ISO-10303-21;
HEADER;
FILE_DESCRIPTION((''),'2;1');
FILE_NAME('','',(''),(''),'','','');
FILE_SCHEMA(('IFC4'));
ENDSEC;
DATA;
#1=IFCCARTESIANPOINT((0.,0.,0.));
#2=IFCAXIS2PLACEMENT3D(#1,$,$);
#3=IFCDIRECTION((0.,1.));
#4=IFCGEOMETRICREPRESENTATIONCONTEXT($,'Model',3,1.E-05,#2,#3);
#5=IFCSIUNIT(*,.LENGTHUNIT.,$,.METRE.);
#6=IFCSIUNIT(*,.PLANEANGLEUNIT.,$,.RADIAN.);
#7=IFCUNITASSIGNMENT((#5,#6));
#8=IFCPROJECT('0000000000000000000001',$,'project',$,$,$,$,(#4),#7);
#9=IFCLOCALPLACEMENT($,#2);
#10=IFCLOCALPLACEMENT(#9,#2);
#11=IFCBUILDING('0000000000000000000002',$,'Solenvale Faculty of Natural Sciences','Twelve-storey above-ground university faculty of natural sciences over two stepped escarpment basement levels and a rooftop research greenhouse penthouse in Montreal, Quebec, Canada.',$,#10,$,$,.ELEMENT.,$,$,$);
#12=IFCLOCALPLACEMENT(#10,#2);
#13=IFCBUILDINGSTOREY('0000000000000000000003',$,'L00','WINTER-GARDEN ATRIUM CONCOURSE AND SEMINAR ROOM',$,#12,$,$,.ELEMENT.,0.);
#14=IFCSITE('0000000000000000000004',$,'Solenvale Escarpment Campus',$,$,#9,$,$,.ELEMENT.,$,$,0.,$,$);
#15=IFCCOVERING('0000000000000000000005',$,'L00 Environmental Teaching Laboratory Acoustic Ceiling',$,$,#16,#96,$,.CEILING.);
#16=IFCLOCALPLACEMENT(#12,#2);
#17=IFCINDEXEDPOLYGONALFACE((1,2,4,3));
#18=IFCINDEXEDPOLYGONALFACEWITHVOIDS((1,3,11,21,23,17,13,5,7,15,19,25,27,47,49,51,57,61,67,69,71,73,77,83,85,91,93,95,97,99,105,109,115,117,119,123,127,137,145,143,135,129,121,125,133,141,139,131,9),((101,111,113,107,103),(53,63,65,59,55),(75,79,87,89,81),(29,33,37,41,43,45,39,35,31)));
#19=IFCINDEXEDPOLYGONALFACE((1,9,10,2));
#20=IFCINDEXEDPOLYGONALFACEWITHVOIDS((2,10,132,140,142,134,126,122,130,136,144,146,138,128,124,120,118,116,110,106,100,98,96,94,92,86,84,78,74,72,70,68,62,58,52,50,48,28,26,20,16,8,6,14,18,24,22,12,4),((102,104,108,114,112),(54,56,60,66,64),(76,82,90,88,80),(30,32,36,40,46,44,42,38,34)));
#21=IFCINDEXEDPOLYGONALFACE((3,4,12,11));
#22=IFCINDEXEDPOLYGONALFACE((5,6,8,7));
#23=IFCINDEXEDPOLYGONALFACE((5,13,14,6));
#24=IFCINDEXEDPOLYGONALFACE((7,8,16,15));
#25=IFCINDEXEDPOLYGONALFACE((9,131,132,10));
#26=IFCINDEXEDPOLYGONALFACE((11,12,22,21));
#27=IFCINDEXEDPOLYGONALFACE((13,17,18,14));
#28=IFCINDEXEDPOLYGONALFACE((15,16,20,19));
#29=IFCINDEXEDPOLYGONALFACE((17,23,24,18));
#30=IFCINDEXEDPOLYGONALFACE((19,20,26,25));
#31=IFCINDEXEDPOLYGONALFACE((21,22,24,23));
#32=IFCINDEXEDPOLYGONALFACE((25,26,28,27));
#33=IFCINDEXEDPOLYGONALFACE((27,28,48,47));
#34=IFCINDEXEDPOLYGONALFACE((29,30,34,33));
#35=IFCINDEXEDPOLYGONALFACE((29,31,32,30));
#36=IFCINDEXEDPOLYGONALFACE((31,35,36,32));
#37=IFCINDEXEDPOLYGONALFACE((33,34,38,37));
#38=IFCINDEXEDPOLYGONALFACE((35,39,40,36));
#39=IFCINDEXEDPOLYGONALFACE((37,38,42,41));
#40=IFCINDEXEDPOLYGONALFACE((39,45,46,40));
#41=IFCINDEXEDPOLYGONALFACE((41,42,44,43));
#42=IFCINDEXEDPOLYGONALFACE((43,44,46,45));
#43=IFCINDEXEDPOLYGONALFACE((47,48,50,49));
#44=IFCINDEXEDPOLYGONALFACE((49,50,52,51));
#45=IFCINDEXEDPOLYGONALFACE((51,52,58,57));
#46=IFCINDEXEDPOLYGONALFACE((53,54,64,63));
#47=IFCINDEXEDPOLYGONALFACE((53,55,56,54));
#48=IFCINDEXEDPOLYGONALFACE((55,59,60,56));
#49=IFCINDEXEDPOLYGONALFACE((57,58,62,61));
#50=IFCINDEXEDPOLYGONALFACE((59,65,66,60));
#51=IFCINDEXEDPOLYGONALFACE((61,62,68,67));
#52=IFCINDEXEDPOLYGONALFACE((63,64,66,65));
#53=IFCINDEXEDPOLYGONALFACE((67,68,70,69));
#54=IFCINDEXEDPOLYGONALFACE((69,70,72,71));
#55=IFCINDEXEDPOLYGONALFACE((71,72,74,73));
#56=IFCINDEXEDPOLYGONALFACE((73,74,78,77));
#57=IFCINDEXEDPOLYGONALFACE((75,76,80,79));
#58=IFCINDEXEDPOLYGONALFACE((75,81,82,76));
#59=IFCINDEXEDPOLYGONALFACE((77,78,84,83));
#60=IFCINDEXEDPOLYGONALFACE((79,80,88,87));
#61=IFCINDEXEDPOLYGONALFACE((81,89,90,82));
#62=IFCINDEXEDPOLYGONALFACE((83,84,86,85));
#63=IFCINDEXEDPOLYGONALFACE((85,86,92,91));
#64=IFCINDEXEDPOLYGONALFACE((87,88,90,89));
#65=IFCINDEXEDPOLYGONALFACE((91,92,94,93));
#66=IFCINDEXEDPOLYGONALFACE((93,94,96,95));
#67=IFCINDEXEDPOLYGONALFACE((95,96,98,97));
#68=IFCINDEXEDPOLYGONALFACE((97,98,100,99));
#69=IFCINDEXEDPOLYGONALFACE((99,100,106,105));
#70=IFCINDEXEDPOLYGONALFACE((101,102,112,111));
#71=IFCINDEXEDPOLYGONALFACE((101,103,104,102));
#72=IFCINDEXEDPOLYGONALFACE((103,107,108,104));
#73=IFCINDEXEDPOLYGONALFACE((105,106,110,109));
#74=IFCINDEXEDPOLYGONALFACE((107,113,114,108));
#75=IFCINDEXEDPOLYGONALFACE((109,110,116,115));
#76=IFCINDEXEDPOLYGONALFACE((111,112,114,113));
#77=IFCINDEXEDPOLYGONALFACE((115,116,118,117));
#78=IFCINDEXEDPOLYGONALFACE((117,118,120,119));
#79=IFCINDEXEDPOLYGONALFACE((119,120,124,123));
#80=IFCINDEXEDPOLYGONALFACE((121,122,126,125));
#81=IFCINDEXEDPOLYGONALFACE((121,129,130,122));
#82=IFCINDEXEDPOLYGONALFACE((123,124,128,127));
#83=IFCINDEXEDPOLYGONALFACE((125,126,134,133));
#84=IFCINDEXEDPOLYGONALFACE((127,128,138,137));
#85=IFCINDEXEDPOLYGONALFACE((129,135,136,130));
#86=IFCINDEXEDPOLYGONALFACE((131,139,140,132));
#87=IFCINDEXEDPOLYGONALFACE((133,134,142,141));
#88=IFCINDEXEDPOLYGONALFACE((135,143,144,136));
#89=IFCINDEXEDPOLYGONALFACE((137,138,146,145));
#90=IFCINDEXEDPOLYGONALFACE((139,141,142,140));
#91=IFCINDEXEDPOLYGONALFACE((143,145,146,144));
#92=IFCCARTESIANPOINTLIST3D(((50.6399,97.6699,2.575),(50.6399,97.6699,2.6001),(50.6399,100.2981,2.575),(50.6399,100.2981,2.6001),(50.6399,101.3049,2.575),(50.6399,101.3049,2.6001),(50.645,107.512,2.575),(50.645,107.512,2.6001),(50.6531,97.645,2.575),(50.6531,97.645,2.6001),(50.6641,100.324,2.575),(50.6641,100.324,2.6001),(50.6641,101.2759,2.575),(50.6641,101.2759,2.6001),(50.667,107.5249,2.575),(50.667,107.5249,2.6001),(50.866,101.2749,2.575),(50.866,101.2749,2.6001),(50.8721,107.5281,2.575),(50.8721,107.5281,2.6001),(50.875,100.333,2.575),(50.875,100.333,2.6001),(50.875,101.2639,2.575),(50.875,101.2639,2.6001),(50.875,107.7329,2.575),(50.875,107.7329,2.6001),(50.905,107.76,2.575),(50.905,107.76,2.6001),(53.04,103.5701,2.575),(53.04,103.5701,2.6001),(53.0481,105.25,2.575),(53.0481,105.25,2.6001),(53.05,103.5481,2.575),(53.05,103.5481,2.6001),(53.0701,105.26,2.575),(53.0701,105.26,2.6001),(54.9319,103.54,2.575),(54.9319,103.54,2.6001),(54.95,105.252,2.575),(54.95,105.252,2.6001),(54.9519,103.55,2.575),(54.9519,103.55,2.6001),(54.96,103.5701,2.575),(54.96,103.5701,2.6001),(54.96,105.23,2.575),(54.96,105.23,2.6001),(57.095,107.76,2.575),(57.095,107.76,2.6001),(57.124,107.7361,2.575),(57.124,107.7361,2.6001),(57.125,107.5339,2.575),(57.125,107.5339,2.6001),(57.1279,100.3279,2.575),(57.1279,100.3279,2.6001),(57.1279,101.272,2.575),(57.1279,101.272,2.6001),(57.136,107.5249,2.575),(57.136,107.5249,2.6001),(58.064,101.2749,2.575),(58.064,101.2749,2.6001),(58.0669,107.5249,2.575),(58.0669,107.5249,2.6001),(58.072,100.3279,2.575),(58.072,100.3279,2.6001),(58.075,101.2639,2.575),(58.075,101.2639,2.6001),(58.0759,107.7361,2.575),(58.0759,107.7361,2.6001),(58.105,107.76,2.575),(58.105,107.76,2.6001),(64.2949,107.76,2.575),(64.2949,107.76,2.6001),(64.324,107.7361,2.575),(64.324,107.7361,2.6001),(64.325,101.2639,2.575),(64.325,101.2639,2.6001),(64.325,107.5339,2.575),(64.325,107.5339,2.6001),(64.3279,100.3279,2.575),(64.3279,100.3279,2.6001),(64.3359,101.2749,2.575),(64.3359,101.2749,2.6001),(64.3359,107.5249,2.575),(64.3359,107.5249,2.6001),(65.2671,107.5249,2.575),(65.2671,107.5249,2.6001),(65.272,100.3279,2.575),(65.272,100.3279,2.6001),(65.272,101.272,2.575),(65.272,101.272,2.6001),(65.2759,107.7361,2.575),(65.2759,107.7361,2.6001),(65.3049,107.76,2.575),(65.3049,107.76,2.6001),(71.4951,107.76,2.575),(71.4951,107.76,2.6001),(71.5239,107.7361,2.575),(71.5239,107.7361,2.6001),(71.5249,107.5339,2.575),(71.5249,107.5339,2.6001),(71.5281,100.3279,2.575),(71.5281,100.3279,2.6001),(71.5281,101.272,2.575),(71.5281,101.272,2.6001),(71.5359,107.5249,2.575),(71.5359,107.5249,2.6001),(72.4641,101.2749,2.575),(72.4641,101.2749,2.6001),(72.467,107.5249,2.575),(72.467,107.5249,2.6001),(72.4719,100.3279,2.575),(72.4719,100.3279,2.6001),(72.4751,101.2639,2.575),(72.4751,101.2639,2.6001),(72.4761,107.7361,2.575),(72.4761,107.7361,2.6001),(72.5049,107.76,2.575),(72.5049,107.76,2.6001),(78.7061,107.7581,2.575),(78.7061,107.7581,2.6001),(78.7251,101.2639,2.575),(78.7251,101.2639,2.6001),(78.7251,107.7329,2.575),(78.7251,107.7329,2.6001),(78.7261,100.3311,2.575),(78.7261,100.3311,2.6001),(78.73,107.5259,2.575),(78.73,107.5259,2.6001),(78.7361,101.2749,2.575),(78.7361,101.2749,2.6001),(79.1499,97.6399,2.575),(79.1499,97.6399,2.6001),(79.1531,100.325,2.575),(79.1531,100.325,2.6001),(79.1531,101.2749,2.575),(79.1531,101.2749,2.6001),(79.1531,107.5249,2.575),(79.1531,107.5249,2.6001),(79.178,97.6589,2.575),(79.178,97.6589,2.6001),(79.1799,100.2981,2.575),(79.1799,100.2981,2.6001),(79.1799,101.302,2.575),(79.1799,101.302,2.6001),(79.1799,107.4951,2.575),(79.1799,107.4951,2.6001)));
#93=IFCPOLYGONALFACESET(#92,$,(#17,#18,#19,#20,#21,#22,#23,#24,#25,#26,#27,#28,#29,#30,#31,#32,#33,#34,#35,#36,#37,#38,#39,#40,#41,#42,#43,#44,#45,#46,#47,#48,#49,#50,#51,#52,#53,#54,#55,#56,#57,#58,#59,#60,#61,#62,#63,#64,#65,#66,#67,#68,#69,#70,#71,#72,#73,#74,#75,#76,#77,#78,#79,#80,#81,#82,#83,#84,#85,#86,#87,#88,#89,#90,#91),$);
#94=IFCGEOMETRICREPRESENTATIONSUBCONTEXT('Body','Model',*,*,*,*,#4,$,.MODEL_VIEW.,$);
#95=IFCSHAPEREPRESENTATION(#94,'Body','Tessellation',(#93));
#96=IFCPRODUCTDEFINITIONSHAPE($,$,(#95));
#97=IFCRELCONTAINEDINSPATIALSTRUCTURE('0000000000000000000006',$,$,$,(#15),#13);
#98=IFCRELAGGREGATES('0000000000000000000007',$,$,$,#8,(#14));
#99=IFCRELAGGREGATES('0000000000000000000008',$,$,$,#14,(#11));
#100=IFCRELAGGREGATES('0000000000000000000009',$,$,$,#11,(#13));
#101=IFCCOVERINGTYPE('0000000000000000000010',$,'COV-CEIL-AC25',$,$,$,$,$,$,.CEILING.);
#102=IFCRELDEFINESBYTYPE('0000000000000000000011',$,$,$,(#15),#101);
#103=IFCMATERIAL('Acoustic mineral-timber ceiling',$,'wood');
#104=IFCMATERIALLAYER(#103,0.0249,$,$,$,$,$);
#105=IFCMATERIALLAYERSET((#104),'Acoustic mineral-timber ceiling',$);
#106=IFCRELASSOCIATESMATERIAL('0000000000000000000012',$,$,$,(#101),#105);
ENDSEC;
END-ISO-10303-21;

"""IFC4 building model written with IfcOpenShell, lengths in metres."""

from ifc_helpers import new_model, si_unit, direction, frame, origin, place, context, subcontext, project, spatial, polyline, outline, extrude, material, layer, layer_set, type_object, element, save


model = new_model("IFC4")

# Units and contexts
model_context = context("Model", 3, precision=1e-05, world=origin(), true_north=direction((0.0, 1.0)))
body_context = subcontext(model_context, "Body", "Model", "MODEL_VIEW")
ifc_project = project(units=[si_unit("LENGTHUNIT", "METRE"), si_unit("PLANEANGLEUNIT", "RADIAN")], contexts=[model_context])

# Site, building, storey
site_placement = place(None, origin())
site = spatial("IfcSite", under=ifc_project, at=site_placement, Name="Solenvale Escarpment Campus", CompositionType="ELEMENT", RefElevation=0.0)
building_placement = place(site_placement, origin())
building = spatial("IfcBuilding", under=site, at=building_placement, Name="Solenvale Faculty of Natural Sciences", Description="Twelve-storey above-ground university faculty of natural sciences over two stepped escarpment basement levels and a rooftop research greenhouse penthouse in Montreal, Quebec, Canada.", CompositionType="ELEMENT")
storey_placement = place(building_placement, origin())
storey = spatial("IfcBuildingStorey", under=building, at=storey_placement, Name="L00", Description="WINTER-GARDEN ATRIUM CONCOURSE AND SEMINAR ROOM", CompositionType="ELEMENT", Elevation=0.0)

# Covering
ifc_material_1 = material(Name="Acoustic mineral-timber ceiling", Category="wood")
ifc_layer_1 = layer(ifc_material_1, 0.0249)
ifc_layer_set_1 = layer_set([ifc_layer_1], Name="Acoustic mineral-timber ceiling")
covering_type_1 = type_object("IfcCoveringType", Name="COV-CEIL-AC25", PredefinedType="CEILING", material=ifc_layer_set_1)
covering_1_placement = place(storey_placement, frame((0.0, 0.0, 2.575)))
element("IfcCovering", 1, at=covering_1_placement, inside=storey, type_object=covering_type_1, Name="L00 Environmental Teaching Laboratory Acoustic Ceiling", PredefinedType="CEILING", context=body_context, shape_type="SweptSolid", body=[
    extrude(outline(polyline([(57.095, 107.76), (57.124, 107.7361), (57.125, 107.5339), (57.136, 107.5249), (58.0669, 107.5249), (58.0759, 107.7361), (58.105, 107.76), (64.2949, 107.76), (64.324, 107.7361), (64.325, 107.5339), (64.3359, 107.5249), (65.2671, 107.5249), (65.2759, 107.7361), (65.3049, 107.76), (71.4951, 107.76), (71.5239, 107.7361), (71.5249, 107.5339), (71.5359, 107.5249), (72.467, 107.5249), (72.4761, 107.7361), (72.5049, 107.76), (78.7061, 107.7581), (78.7251, 107.7329), (78.73, 107.5259), (79.1531, 107.5249), (79.1799, 107.4951), (79.1799, 101.302), (79.1531, 101.2749), (78.7361, 101.2749), (78.7251, 101.2639), (78.7261, 100.3311), (79.1531, 100.325), (79.1799, 100.2981), (79.178, 97.6589), (79.1499, 97.6399), (50.6531, 97.645), (50.6399, 97.6699), (50.6399, 100.2981), (50.6641, 100.324), (50.875, 100.333), (50.875, 101.2639), (50.866, 101.2749), (50.6641, 101.2759), (50.6399, 101.3049), (50.645, 107.512), (50.667, 107.5249), (50.8721, 107.5281), (50.875, 107.7329), (50.905, 107.76), (57.095, 107.76)]), holes=[polyline([(72.4751, 101.2639), (72.4641, 101.2749), (71.5281, 101.272), (71.5281, 100.3279), (72.4719, 100.3279), (72.4751, 101.2639)]), polyline([(64.3359, 101.2749), (64.325, 101.2639), (64.3279, 100.3279), (65.272, 100.3279), (65.272, 101.272), (64.3359, 101.2749)]), polyline([(58.075, 101.2639), (58.064, 101.2749), (57.1279, 101.272), (57.1279, 100.3279), (58.072, 100.3279), (58.075, 101.2639)]), polyline([(54.9319, 103.54), (54.9519, 103.55), (54.96, 103.5701), (54.96, 105.23), (54.95, 105.252), (53.0701, 105.26), (53.0481, 105.25), (53.04, 103.5701), (53.05, 103.5481), (54.9319, 103.54)])]), origin(), (0.0, 0.0, 1.0), 0.0251),
])

save(model, "model.ifc")
